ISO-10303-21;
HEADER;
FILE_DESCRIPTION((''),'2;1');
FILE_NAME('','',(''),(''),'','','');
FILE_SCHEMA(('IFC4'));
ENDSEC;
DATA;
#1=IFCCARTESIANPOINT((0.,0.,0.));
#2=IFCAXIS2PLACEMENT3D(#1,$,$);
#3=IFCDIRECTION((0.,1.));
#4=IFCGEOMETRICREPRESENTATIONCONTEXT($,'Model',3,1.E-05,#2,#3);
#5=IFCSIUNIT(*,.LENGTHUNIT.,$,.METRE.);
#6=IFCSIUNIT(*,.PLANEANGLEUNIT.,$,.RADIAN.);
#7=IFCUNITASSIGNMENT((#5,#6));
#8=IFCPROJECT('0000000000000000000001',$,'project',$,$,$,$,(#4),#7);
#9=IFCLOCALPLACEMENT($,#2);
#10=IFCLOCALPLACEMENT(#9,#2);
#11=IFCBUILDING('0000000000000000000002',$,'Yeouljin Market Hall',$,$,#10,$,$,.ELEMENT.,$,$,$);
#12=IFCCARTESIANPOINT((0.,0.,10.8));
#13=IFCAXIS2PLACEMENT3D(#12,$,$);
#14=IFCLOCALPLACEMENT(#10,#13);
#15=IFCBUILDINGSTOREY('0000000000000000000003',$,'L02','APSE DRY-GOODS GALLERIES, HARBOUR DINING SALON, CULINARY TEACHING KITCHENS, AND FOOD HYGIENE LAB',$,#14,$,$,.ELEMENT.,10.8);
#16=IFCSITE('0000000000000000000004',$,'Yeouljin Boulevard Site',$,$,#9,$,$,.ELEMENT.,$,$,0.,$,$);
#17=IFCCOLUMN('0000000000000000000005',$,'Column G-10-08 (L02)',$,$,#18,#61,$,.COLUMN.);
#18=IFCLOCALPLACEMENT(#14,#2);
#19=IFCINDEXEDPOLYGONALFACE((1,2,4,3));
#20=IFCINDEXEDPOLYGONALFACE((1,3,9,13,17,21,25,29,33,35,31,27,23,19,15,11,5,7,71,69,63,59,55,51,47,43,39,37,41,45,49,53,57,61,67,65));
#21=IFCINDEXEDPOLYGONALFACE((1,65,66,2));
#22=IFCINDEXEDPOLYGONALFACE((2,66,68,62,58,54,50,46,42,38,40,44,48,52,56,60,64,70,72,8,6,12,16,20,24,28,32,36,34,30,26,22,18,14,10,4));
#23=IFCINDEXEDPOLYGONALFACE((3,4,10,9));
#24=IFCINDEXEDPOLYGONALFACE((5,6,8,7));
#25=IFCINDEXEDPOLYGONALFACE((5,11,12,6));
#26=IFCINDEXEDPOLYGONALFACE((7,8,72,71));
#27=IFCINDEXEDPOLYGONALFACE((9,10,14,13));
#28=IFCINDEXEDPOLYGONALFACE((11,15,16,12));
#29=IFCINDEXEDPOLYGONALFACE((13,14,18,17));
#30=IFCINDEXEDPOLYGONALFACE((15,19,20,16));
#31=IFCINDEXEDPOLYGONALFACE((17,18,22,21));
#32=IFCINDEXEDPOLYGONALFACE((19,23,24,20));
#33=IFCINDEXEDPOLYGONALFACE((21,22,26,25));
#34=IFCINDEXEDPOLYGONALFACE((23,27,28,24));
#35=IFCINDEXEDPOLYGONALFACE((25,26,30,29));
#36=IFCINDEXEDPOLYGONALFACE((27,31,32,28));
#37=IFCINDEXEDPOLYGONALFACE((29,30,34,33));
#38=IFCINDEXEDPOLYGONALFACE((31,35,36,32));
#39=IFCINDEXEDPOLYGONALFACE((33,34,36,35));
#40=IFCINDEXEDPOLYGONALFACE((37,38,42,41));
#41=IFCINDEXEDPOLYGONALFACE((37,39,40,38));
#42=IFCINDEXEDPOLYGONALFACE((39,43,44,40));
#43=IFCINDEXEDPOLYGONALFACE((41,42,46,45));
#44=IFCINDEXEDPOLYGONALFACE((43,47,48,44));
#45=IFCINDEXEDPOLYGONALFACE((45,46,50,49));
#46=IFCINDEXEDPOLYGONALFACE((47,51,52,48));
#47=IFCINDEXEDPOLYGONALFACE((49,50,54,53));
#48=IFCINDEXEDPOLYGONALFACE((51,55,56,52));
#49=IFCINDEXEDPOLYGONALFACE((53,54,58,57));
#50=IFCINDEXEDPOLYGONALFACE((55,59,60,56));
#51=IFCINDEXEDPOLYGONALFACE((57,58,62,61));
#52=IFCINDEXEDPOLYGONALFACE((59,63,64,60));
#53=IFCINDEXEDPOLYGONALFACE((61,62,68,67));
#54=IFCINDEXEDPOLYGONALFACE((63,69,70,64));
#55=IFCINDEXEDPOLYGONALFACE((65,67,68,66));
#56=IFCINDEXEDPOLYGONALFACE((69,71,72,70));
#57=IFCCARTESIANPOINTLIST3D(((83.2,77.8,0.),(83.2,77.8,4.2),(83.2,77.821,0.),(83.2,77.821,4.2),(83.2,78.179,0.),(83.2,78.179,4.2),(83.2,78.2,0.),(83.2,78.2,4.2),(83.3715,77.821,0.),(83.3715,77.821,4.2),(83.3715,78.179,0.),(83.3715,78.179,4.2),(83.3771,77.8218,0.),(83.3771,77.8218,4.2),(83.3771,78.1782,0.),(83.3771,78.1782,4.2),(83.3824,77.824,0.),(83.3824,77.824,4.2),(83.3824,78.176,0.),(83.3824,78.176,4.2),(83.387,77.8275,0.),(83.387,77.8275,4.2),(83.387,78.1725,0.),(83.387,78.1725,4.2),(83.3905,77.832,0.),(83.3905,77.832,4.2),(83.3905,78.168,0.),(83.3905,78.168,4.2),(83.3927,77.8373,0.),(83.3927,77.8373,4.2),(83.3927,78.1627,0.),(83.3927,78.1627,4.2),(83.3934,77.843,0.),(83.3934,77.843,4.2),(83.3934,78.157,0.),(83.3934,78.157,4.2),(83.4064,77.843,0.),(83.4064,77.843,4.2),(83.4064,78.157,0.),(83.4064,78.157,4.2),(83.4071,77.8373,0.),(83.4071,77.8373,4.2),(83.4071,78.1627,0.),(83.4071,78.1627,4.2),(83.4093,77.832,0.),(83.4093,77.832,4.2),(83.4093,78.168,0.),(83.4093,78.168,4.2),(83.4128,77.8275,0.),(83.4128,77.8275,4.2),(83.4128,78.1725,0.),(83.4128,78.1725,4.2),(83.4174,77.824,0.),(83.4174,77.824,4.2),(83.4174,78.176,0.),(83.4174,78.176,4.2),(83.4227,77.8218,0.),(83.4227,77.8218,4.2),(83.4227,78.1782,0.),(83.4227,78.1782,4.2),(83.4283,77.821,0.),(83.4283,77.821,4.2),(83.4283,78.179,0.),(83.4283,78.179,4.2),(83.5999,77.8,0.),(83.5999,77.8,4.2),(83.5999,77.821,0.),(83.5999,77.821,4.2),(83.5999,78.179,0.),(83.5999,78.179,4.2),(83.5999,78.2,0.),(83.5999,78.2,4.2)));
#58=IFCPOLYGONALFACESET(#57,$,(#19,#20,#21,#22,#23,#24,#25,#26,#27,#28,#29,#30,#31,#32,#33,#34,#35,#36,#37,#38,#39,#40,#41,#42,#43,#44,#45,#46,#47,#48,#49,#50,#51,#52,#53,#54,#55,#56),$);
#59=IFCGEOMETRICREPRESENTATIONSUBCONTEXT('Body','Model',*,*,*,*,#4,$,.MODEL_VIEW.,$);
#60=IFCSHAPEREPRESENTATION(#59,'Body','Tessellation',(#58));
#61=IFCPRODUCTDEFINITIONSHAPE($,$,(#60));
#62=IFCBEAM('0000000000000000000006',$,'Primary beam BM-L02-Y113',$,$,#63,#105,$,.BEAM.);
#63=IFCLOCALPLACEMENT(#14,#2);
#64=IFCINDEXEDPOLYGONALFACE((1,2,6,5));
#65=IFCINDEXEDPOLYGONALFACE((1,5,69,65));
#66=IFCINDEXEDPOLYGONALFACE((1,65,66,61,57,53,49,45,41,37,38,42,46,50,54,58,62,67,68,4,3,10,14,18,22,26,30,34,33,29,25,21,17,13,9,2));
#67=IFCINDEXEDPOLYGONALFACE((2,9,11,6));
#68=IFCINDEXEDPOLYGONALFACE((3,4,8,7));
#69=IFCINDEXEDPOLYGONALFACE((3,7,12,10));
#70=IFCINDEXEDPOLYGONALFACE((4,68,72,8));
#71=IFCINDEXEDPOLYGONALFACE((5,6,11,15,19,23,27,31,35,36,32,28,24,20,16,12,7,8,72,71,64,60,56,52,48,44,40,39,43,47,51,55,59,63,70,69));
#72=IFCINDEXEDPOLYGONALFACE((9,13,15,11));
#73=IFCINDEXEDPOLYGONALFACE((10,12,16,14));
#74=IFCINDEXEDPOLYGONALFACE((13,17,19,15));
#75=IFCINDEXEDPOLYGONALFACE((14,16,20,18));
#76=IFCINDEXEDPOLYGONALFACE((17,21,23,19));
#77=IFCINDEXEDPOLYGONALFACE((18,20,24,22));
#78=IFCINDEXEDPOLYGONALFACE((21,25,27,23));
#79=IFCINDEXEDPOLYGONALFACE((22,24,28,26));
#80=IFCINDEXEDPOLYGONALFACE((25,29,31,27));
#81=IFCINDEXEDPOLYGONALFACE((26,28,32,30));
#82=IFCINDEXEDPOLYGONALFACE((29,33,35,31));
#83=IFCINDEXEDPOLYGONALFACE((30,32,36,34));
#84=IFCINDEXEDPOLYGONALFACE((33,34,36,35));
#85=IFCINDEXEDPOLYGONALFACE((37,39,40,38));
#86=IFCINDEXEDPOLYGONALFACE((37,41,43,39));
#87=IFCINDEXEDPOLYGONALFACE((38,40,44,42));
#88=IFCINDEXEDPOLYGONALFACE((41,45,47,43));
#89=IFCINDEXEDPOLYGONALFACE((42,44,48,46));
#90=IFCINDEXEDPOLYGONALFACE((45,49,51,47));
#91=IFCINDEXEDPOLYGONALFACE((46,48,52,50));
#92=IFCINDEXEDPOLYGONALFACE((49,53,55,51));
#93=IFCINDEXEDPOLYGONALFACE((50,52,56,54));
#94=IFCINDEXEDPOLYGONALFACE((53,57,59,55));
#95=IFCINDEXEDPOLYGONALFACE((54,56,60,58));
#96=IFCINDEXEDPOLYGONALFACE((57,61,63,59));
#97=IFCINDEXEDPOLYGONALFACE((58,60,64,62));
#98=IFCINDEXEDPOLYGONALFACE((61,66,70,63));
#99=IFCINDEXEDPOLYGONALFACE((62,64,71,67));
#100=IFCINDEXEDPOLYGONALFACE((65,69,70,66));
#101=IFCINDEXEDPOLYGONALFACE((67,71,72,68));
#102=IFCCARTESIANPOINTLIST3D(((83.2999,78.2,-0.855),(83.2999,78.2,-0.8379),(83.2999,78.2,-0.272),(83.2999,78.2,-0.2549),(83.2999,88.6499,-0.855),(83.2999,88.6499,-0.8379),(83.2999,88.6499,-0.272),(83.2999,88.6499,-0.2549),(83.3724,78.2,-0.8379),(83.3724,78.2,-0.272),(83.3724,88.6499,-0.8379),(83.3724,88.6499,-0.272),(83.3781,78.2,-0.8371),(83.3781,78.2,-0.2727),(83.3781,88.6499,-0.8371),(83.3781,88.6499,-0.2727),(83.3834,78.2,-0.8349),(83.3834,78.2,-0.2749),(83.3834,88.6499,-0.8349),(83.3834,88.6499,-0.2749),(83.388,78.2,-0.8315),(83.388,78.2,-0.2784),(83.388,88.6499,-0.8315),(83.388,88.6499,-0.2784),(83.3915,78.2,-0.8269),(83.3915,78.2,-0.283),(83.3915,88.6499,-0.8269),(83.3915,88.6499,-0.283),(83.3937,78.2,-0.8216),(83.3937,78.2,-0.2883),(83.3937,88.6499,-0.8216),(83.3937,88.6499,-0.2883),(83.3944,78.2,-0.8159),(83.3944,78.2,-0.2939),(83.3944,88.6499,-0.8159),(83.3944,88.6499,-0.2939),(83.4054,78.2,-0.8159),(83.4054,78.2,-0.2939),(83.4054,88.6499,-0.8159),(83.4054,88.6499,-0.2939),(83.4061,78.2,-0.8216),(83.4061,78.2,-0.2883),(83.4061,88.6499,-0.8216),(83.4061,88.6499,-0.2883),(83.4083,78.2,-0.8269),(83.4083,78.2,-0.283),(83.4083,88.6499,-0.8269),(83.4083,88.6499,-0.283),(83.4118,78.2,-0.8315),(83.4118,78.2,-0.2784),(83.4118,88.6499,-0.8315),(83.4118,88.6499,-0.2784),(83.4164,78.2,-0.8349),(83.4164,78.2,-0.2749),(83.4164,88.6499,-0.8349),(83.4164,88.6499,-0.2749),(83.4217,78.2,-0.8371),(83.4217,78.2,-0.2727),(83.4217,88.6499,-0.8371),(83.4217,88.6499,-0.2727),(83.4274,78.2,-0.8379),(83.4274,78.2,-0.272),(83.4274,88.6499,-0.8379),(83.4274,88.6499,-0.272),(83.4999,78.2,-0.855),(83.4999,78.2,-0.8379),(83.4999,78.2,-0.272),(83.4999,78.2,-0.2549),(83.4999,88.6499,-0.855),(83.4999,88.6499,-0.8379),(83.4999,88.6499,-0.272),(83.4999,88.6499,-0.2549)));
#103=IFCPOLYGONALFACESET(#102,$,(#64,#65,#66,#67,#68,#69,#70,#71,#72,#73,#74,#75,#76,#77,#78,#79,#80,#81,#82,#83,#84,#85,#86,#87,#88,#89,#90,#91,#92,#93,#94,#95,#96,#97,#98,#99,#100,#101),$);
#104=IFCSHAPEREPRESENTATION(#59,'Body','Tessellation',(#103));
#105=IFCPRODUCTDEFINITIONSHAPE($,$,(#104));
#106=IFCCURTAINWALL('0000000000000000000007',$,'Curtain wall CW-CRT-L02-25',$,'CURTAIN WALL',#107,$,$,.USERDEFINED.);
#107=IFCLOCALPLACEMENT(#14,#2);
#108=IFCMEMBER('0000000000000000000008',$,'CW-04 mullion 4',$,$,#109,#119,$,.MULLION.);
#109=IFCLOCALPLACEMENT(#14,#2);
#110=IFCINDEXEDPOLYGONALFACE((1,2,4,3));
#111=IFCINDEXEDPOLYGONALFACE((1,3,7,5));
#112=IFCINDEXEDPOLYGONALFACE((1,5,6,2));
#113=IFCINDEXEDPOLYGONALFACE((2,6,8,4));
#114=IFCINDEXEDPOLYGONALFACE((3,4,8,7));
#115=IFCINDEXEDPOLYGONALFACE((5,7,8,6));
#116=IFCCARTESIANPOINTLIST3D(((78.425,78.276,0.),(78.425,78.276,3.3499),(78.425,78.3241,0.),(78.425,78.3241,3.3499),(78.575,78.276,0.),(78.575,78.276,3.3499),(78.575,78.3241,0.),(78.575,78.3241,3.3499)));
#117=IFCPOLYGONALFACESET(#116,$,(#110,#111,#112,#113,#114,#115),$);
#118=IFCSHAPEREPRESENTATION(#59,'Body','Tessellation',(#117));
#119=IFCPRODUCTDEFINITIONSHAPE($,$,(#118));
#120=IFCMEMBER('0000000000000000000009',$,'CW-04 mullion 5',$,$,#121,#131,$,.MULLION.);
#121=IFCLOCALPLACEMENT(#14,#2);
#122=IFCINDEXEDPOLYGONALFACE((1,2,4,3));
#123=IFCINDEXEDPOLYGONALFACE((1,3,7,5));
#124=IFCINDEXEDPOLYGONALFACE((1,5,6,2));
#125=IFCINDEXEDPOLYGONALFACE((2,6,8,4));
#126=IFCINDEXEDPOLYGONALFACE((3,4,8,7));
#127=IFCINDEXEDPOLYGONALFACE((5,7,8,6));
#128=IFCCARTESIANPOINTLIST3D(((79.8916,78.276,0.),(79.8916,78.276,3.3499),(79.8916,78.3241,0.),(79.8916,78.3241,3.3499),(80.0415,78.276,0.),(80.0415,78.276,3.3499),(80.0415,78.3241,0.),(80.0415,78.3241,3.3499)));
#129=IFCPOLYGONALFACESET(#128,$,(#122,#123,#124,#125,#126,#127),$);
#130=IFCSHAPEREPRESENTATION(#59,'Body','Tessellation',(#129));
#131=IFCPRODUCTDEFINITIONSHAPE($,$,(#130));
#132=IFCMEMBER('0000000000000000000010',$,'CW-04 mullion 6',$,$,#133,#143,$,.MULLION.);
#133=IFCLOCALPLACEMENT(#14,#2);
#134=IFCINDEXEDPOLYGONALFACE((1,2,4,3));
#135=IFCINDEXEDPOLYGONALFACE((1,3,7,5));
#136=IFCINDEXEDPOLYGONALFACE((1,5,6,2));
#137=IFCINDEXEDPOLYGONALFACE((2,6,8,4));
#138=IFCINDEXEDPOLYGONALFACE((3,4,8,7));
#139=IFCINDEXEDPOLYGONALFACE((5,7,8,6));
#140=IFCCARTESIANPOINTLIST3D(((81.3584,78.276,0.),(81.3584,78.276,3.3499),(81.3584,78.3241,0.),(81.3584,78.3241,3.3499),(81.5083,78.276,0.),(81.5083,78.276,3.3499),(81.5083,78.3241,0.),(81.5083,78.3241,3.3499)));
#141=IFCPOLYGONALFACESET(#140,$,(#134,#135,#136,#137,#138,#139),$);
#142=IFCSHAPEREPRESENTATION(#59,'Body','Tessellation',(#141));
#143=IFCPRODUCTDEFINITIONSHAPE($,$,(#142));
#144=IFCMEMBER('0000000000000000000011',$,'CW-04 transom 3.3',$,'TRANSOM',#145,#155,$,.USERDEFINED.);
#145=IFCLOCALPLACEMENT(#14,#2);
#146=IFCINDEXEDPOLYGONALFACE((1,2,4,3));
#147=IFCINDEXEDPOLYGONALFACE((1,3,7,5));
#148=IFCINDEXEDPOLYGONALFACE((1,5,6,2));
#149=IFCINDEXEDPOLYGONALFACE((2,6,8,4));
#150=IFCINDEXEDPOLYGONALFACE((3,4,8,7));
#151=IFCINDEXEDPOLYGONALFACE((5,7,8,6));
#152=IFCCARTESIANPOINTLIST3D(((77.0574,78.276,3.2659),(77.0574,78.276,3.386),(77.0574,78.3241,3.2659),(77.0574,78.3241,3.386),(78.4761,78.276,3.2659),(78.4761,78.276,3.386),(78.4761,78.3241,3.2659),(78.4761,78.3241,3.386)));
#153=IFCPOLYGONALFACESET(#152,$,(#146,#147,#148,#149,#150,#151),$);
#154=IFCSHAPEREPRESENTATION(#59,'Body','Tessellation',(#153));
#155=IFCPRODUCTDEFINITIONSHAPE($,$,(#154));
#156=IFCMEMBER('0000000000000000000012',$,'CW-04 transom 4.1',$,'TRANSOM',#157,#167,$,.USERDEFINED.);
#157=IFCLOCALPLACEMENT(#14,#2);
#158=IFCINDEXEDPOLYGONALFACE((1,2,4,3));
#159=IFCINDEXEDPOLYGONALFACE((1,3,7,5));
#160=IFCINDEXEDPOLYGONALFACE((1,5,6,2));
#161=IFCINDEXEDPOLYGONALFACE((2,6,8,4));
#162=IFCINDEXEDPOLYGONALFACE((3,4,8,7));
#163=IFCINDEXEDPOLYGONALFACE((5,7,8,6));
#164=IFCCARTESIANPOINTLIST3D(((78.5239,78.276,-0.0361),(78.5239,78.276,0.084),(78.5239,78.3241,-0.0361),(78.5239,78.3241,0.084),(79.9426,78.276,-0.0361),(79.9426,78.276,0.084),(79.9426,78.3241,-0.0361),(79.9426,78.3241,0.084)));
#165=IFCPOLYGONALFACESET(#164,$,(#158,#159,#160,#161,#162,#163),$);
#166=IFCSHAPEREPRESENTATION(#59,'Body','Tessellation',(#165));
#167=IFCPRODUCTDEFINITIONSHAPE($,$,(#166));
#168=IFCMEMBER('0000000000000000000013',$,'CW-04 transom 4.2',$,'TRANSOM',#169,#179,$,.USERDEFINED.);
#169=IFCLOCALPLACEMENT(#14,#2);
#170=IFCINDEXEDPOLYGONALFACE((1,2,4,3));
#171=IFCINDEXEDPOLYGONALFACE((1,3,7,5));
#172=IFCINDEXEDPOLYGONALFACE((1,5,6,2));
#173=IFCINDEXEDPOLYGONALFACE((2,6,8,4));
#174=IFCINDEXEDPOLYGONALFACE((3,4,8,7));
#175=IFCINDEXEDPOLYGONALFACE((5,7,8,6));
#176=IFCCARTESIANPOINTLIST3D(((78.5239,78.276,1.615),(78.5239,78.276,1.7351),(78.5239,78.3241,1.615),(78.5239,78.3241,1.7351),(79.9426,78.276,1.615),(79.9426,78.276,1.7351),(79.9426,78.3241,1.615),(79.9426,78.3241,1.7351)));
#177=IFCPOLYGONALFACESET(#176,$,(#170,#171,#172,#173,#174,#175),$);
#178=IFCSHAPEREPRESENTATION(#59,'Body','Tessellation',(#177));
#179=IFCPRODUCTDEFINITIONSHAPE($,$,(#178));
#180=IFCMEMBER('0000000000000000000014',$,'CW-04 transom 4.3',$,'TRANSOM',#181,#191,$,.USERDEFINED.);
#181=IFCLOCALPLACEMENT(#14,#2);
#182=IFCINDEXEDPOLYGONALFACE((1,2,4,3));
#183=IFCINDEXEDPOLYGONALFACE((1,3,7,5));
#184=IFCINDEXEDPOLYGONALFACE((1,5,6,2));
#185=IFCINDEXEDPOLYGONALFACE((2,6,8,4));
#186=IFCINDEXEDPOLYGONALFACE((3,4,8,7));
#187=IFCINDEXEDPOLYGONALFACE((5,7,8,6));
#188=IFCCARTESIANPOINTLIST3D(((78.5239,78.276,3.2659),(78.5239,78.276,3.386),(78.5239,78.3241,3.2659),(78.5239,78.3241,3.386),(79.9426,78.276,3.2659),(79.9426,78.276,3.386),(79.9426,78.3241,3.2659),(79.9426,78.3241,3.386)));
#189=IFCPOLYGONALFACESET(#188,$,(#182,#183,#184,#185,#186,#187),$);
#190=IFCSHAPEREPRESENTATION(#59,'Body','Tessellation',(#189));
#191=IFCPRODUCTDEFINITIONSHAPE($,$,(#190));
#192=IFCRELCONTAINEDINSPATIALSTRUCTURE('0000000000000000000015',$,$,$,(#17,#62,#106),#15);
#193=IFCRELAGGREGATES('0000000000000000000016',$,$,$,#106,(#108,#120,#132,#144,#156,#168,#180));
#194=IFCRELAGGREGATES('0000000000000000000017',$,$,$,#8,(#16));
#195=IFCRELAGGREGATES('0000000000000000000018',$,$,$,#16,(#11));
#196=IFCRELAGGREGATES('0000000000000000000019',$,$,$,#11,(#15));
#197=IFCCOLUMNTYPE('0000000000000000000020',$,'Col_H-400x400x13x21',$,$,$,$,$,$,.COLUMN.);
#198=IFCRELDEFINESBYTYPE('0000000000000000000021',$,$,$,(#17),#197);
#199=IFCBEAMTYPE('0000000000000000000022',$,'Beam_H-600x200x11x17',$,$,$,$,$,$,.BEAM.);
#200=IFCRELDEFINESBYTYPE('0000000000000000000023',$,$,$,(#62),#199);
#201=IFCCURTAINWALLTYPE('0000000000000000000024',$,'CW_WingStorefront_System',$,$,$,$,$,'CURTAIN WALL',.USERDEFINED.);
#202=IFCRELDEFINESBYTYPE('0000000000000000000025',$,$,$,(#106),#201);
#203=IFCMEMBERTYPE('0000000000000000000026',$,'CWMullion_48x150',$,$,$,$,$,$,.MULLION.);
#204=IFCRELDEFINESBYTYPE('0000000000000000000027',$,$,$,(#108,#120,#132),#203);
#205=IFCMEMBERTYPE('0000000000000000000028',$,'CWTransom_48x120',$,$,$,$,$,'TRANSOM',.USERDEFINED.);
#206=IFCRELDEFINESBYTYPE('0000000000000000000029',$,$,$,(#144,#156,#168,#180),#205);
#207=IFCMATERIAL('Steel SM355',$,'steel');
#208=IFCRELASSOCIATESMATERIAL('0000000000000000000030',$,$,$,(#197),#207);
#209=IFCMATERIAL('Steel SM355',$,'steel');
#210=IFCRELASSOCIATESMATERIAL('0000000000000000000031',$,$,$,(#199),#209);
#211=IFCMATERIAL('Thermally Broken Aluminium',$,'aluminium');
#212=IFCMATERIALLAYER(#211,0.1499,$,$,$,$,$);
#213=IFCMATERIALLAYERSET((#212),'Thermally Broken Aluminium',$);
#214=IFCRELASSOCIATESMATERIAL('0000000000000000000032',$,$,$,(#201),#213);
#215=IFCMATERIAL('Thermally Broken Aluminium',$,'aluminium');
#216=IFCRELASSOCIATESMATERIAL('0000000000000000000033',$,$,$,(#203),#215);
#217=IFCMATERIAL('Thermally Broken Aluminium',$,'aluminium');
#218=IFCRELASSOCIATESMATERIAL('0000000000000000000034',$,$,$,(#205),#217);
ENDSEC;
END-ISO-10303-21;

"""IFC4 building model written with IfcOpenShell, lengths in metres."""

from ifc_helpers import new_model, si_unit, direction, frame, origin, origin_2d, place, context, subcontext, project, spatial, rectangle, i_section, extrude, material, layer, layer_set, material_profile, profile_set, type_object, element, aggregate, save


model = new_model("IFC4")

# Units and contexts
model_context = context("Model", 3, precision=1e-05, world=origin(), true_north=direction((0.0, 1.0)))
body_context = subcontext(model_context, "Body", "Model", "MODEL_VIEW")
ifc_project = project(units=[si_unit("LENGTHUNIT", "METRE"), si_unit("PLANEANGLEUNIT", "RADIAN")], contexts=[model_context])

# Site, building, storey
site_placement = place(None, origin())
site = spatial("IfcSite", under=ifc_project, at=site_placement, Name="Yeouljin Boulevard Site", CompositionType="ELEMENT", RefElevation=0.0)
building_placement = place(site_placement, origin())
building = spatial("IfcBuilding", under=site, at=building_placement, Name="Yeouljin Market Hall", CompositionType="ELEMENT")
storey_placement = place(building_placement, frame((0.0, 0.0, 10.8)))
storey = spatial("IfcBuildingStorey", under=building, at=storey_placement, Name="L02", Description="APSE DRY-GOODS GALLERIES, HARBOUR DINING SALON, CULINARY TEACHING KITCHENS, AND FOOD HYGIENE LAB", CompositionType="ELEMENT", Elevation=10.8)

# Column
ifc_material_1 = material(Name="Steel SM355", Category="steel")
ifc_material_profile_1 = material_profile(ifc_material_1, i_section(OverallWidth=0.3999, OverallDepth=0.3999, WebThickness=0.0129, FlangeThickness=0.021, FilletRadius=0.022, at=origin_2d()), Name="H-400x400x13x21")
ifc_profile_set_1 = profile_set([ifc_material_profile_1], Name="Steel SM355")
column_type = type_object("IfcColumnType", Name="Col_H-400x400x13x21", PredefinedType="COLUMN", material=ifc_profile_set_1)
column_placement = place(storey_placement, frame((83.3999, 78.0, 0.0), z_axis=(0.0, 0.0, 1.0), x_axis=(1.0, 0.0, 0.0)))
element("IfcColumn", 1, at=column_placement, inside=storey, type_object=column_type, Name="Column G-10-08 (L02)", PredefinedType="COLUMN", context=body_context, shape_type="SweptSolid", body=[
    extrude(i_section(OverallWidth=0.3999, OverallDepth=0.3999, WebThickness=0.0129, FlangeThickness=0.021, FilletRadius=0.022, at=origin_2d()), origin(), (0.0, 0.0, 1.0), 4.2),
])

# Beam
ifc_material_2 = material(Name="Steel SM355", Category="steel")
ifc_material_profile_2 = material_profile(ifc_material_2, i_section(OverallWidth=0.2, OverallDepth=0.6001, WebThickness=0.011, FlangeThickness=0.0171, FilletRadius=0.022, at=origin_2d()), Name="H-600x200x11x17")
ifc_profile_set_2 = profile_set([ifc_material_profile_2], Name="Steel SM355")
beam_type_1 = type_object("IfcBeamType", Name="Beam_H-600x200x11x17", PredefinedType="BEAM", material=ifc_profile_set_2)
beam_1_placement = place(storey_placement, frame((83.3999, 78.2, -0.5549), z_axis=(0.0, 1.0, 0.0), x_axis=(-1.0, 0.0, 0.0)))
element("IfcBeam", 2, at=beam_1_placement, inside=storey, type_object=beam_type_1, Name="Primary beam BM-L02-Y113", PredefinedType="BEAM", context=body_context, shape_type="SweptSolid", body=[
    extrude(i_section(OverallWidth=0.2, OverallDepth=0.6001, WebThickness=0.011, FlangeThickness=0.0171, FilletRadius=0.022, at=origin_2d()), origin(), (0.0, 0.0, 1.0), 10.45),
])

# Curtain wall, members
ifc_material_3 = material(Name="Thermally Broken Aluminium", Category="aluminium")
ifc_layer_1 = layer(ifc_material_3, 0.1499)
ifc_layer_set_1 = layer_set([ifc_layer_1], Name="Thermally Broken Aluminium")
curtain_wall_type = type_object("IfcCurtainWallType", Name="CW_WingStorefront_System", ElementType="CURTAIN WALL", PredefinedType="USERDEFINED", material=ifc_layer_set_1)
curtain_wall_placement = place(storey_placement, origin())
curtain_wall = element("IfcCurtainWall", 3, at=curtain_wall_placement, inside=storey, type_object=curtain_wall_type, Name="Curtain wall CW-CRT-L02-25", ObjectType="CURTAIN WALL", PredefinedType="USERDEFINED")
ifc_material_4 = material(Name="Thermally Broken Aluminium", Category="aluminium")
ifc_material_profile_3 = material_profile(ifc_material_4, rectangle(XDim=0.0481, YDim=0.1499, at=origin_2d()), Name="CW-MULL-48x150")
ifc_profile_set_3 = profile_set([ifc_material_profile_3], Name="Thermally Broken Aluminium")
member_type_1 = type_object("IfcMemberType", Name="CWMullion_48x150", PredefinedType="MULLION", material=ifc_profile_set_3)
member_1_placement = place(storey_placement, frame((78.5, 78.3, 0.0), z_axis=(0.0, 0.0, 1.0), x_axis=(0.0, 1.0, 0.0)))
member_1 = element("IfcMember", 4, at=member_1_placement, type_object=member_type_1, Name="CW-04 mullion 4", PredefinedType="MULLION", context=body_context, shape_type="SweptSolid", body=[
    extrude(rectangle(XDim=0.0481, YDim=0.1499, at=origin_2d()), origin(), (0.0, 0.0, 1.0), 3.3499),
])
member_2_placement = place(storey_placement, frame((79.9666, 78.3, 0.0), z_axis=(0.0, 0.0, 1.0), x_axis=(0.0, 1.0, 0.0)))
member_2 = element("IfcMember", 5, at=member_2_placement, type_object=member_type_1, Name="CW-04 mullion 5", PredefinedType="MULLION", context=body_context, shape_type="SweptSolid", body=[
    extrude(rectangle(XDim=0.0481, YDim=0.1499, at=origin_2d()), origin(), (0.0, 0.0, 1.0), 3.3499),
])
member_3_placement = place(storey_placement, frame((81.4333, 78.3, 0.0), z_axis=(0.0, 0.0, 1.0), x_axis=(0.0, 1.0, 0.0)))
member_3 = element("IfcMember", 6, at=member_3_placement, type_object=member_type_1, Name="CW-04 mullion 6", PredefinedType="MULLION", context=body_context, shape_type="SweptSolid", body=[
    extrude(rectangle(XDim=0.0481, YDim=0.1499, at=origin_2d()), origin(), (0.0, 0.0, 1.0), 3.3499),
])
ifc_material_5 = material(Name="Thermally Broken Aluminium", Category="aluminium")
ifc_material_profile_4 = material_profile(ifc_material_5, rectangle(XDim=0.0481, YDim=0.1201, at=origin_2d()), Name="CW-TRAN-48x120")
ifc_profile_set_4 = profile_set([ifc_material_profile_4], Name="Thermally Broken Aluminium")
member_type_2 = type_object("IfcMemberType", Name="CWTransom_48x120", ElementType="TRANSOM", PredefinedType="USERDEFINED", material=ifc_profile_set_4)
member_4_placement = place(storey_placement, frame((77.0574, 78.3, 3.3259), z_axis=(1.0, 0.0, 0.0), x_axis=(0.0, 1.0, 0.0)))
member_4 = element("IfcMember", 7, at=member_4_placement, type_object=member_type_2, Name="CW-04 transom 3.3", ObjectType="TRANSOM", PredefinedType="USERDEFINED", context=body_context, shape_type="SweptSolid", body=[
    extrude(rectangle(XDim=0.0481, YDim=0.1201, at=origin_2d()), origin(), (0.0, 0.0, 1.0), 1.4187),
])
member_5_placement = place(storey_placement, frame((78.5239, 78.3, 0.0239), z_axis=(1.0, 0.0, 0.0), x_axis=(0.0, 1.0, 0.0)))
member_5 = element("IfcMember", 8, at=member_5_placement, type_object=member_type_2, Name="CW-04 transom 4.1", ObjectType="TRANSOM", PredefinedType="USERDEFINED", context=body_context, shape_type="SweptSolid", body=[
    extrude(rectangle(XDim=0.0481, YDim=0.1201, at=origin_2d()), origin(), (0.0, 0.0, 1.0), 1.4187),
])
member_6_placement = place(storey_placement, frame((78.5239, 78.3, 1.675), z_axis=(1.0, 0.0, 0.0), x_axis=(0.0, 1.0, 0.0)))
member_6 = element("IfcMember", 9, at=member_6_placement, type_object=member_type_2, Name="CW-04 transom 4.2", ObjectType="TRANSOM", PredefinedType="USERDEFINED", context=body_context, shape_type="SweptSolid", body=[
    extrude(rectangle(XDim=0.0481, YDim=0.1201, at=origin_2d()), origin(), (0.0, 0.0, 1.0), 1.4187),
])
member_7_placement = place(storey_placement, frame((78.5239, 78.3, 3.3259), z_axis=(1.0, 0.0, 0.0), x_axis=(0.0, 1.0, 0.0)))
member_7 = element("IfcMember", 10, at=member_7_placement, type_object=member_type_2, Name="CW-04 transom 4.3", ObjectType="TRANSOM", PredefinedType="USERDEFINED", context=body_context, shape_type="SweptSolid", body=[
    extrude(rectangle(XDim=0.0481, YDim=0.1201, at=origin_2d()), origin(), (0.0, 0.0, 1.0), 1.4187),
])

aggregate(curtain_wall, [member_1, member_2, member_3, member_4, member_5, member_6, member_7])

save(model, "model.ifc")
